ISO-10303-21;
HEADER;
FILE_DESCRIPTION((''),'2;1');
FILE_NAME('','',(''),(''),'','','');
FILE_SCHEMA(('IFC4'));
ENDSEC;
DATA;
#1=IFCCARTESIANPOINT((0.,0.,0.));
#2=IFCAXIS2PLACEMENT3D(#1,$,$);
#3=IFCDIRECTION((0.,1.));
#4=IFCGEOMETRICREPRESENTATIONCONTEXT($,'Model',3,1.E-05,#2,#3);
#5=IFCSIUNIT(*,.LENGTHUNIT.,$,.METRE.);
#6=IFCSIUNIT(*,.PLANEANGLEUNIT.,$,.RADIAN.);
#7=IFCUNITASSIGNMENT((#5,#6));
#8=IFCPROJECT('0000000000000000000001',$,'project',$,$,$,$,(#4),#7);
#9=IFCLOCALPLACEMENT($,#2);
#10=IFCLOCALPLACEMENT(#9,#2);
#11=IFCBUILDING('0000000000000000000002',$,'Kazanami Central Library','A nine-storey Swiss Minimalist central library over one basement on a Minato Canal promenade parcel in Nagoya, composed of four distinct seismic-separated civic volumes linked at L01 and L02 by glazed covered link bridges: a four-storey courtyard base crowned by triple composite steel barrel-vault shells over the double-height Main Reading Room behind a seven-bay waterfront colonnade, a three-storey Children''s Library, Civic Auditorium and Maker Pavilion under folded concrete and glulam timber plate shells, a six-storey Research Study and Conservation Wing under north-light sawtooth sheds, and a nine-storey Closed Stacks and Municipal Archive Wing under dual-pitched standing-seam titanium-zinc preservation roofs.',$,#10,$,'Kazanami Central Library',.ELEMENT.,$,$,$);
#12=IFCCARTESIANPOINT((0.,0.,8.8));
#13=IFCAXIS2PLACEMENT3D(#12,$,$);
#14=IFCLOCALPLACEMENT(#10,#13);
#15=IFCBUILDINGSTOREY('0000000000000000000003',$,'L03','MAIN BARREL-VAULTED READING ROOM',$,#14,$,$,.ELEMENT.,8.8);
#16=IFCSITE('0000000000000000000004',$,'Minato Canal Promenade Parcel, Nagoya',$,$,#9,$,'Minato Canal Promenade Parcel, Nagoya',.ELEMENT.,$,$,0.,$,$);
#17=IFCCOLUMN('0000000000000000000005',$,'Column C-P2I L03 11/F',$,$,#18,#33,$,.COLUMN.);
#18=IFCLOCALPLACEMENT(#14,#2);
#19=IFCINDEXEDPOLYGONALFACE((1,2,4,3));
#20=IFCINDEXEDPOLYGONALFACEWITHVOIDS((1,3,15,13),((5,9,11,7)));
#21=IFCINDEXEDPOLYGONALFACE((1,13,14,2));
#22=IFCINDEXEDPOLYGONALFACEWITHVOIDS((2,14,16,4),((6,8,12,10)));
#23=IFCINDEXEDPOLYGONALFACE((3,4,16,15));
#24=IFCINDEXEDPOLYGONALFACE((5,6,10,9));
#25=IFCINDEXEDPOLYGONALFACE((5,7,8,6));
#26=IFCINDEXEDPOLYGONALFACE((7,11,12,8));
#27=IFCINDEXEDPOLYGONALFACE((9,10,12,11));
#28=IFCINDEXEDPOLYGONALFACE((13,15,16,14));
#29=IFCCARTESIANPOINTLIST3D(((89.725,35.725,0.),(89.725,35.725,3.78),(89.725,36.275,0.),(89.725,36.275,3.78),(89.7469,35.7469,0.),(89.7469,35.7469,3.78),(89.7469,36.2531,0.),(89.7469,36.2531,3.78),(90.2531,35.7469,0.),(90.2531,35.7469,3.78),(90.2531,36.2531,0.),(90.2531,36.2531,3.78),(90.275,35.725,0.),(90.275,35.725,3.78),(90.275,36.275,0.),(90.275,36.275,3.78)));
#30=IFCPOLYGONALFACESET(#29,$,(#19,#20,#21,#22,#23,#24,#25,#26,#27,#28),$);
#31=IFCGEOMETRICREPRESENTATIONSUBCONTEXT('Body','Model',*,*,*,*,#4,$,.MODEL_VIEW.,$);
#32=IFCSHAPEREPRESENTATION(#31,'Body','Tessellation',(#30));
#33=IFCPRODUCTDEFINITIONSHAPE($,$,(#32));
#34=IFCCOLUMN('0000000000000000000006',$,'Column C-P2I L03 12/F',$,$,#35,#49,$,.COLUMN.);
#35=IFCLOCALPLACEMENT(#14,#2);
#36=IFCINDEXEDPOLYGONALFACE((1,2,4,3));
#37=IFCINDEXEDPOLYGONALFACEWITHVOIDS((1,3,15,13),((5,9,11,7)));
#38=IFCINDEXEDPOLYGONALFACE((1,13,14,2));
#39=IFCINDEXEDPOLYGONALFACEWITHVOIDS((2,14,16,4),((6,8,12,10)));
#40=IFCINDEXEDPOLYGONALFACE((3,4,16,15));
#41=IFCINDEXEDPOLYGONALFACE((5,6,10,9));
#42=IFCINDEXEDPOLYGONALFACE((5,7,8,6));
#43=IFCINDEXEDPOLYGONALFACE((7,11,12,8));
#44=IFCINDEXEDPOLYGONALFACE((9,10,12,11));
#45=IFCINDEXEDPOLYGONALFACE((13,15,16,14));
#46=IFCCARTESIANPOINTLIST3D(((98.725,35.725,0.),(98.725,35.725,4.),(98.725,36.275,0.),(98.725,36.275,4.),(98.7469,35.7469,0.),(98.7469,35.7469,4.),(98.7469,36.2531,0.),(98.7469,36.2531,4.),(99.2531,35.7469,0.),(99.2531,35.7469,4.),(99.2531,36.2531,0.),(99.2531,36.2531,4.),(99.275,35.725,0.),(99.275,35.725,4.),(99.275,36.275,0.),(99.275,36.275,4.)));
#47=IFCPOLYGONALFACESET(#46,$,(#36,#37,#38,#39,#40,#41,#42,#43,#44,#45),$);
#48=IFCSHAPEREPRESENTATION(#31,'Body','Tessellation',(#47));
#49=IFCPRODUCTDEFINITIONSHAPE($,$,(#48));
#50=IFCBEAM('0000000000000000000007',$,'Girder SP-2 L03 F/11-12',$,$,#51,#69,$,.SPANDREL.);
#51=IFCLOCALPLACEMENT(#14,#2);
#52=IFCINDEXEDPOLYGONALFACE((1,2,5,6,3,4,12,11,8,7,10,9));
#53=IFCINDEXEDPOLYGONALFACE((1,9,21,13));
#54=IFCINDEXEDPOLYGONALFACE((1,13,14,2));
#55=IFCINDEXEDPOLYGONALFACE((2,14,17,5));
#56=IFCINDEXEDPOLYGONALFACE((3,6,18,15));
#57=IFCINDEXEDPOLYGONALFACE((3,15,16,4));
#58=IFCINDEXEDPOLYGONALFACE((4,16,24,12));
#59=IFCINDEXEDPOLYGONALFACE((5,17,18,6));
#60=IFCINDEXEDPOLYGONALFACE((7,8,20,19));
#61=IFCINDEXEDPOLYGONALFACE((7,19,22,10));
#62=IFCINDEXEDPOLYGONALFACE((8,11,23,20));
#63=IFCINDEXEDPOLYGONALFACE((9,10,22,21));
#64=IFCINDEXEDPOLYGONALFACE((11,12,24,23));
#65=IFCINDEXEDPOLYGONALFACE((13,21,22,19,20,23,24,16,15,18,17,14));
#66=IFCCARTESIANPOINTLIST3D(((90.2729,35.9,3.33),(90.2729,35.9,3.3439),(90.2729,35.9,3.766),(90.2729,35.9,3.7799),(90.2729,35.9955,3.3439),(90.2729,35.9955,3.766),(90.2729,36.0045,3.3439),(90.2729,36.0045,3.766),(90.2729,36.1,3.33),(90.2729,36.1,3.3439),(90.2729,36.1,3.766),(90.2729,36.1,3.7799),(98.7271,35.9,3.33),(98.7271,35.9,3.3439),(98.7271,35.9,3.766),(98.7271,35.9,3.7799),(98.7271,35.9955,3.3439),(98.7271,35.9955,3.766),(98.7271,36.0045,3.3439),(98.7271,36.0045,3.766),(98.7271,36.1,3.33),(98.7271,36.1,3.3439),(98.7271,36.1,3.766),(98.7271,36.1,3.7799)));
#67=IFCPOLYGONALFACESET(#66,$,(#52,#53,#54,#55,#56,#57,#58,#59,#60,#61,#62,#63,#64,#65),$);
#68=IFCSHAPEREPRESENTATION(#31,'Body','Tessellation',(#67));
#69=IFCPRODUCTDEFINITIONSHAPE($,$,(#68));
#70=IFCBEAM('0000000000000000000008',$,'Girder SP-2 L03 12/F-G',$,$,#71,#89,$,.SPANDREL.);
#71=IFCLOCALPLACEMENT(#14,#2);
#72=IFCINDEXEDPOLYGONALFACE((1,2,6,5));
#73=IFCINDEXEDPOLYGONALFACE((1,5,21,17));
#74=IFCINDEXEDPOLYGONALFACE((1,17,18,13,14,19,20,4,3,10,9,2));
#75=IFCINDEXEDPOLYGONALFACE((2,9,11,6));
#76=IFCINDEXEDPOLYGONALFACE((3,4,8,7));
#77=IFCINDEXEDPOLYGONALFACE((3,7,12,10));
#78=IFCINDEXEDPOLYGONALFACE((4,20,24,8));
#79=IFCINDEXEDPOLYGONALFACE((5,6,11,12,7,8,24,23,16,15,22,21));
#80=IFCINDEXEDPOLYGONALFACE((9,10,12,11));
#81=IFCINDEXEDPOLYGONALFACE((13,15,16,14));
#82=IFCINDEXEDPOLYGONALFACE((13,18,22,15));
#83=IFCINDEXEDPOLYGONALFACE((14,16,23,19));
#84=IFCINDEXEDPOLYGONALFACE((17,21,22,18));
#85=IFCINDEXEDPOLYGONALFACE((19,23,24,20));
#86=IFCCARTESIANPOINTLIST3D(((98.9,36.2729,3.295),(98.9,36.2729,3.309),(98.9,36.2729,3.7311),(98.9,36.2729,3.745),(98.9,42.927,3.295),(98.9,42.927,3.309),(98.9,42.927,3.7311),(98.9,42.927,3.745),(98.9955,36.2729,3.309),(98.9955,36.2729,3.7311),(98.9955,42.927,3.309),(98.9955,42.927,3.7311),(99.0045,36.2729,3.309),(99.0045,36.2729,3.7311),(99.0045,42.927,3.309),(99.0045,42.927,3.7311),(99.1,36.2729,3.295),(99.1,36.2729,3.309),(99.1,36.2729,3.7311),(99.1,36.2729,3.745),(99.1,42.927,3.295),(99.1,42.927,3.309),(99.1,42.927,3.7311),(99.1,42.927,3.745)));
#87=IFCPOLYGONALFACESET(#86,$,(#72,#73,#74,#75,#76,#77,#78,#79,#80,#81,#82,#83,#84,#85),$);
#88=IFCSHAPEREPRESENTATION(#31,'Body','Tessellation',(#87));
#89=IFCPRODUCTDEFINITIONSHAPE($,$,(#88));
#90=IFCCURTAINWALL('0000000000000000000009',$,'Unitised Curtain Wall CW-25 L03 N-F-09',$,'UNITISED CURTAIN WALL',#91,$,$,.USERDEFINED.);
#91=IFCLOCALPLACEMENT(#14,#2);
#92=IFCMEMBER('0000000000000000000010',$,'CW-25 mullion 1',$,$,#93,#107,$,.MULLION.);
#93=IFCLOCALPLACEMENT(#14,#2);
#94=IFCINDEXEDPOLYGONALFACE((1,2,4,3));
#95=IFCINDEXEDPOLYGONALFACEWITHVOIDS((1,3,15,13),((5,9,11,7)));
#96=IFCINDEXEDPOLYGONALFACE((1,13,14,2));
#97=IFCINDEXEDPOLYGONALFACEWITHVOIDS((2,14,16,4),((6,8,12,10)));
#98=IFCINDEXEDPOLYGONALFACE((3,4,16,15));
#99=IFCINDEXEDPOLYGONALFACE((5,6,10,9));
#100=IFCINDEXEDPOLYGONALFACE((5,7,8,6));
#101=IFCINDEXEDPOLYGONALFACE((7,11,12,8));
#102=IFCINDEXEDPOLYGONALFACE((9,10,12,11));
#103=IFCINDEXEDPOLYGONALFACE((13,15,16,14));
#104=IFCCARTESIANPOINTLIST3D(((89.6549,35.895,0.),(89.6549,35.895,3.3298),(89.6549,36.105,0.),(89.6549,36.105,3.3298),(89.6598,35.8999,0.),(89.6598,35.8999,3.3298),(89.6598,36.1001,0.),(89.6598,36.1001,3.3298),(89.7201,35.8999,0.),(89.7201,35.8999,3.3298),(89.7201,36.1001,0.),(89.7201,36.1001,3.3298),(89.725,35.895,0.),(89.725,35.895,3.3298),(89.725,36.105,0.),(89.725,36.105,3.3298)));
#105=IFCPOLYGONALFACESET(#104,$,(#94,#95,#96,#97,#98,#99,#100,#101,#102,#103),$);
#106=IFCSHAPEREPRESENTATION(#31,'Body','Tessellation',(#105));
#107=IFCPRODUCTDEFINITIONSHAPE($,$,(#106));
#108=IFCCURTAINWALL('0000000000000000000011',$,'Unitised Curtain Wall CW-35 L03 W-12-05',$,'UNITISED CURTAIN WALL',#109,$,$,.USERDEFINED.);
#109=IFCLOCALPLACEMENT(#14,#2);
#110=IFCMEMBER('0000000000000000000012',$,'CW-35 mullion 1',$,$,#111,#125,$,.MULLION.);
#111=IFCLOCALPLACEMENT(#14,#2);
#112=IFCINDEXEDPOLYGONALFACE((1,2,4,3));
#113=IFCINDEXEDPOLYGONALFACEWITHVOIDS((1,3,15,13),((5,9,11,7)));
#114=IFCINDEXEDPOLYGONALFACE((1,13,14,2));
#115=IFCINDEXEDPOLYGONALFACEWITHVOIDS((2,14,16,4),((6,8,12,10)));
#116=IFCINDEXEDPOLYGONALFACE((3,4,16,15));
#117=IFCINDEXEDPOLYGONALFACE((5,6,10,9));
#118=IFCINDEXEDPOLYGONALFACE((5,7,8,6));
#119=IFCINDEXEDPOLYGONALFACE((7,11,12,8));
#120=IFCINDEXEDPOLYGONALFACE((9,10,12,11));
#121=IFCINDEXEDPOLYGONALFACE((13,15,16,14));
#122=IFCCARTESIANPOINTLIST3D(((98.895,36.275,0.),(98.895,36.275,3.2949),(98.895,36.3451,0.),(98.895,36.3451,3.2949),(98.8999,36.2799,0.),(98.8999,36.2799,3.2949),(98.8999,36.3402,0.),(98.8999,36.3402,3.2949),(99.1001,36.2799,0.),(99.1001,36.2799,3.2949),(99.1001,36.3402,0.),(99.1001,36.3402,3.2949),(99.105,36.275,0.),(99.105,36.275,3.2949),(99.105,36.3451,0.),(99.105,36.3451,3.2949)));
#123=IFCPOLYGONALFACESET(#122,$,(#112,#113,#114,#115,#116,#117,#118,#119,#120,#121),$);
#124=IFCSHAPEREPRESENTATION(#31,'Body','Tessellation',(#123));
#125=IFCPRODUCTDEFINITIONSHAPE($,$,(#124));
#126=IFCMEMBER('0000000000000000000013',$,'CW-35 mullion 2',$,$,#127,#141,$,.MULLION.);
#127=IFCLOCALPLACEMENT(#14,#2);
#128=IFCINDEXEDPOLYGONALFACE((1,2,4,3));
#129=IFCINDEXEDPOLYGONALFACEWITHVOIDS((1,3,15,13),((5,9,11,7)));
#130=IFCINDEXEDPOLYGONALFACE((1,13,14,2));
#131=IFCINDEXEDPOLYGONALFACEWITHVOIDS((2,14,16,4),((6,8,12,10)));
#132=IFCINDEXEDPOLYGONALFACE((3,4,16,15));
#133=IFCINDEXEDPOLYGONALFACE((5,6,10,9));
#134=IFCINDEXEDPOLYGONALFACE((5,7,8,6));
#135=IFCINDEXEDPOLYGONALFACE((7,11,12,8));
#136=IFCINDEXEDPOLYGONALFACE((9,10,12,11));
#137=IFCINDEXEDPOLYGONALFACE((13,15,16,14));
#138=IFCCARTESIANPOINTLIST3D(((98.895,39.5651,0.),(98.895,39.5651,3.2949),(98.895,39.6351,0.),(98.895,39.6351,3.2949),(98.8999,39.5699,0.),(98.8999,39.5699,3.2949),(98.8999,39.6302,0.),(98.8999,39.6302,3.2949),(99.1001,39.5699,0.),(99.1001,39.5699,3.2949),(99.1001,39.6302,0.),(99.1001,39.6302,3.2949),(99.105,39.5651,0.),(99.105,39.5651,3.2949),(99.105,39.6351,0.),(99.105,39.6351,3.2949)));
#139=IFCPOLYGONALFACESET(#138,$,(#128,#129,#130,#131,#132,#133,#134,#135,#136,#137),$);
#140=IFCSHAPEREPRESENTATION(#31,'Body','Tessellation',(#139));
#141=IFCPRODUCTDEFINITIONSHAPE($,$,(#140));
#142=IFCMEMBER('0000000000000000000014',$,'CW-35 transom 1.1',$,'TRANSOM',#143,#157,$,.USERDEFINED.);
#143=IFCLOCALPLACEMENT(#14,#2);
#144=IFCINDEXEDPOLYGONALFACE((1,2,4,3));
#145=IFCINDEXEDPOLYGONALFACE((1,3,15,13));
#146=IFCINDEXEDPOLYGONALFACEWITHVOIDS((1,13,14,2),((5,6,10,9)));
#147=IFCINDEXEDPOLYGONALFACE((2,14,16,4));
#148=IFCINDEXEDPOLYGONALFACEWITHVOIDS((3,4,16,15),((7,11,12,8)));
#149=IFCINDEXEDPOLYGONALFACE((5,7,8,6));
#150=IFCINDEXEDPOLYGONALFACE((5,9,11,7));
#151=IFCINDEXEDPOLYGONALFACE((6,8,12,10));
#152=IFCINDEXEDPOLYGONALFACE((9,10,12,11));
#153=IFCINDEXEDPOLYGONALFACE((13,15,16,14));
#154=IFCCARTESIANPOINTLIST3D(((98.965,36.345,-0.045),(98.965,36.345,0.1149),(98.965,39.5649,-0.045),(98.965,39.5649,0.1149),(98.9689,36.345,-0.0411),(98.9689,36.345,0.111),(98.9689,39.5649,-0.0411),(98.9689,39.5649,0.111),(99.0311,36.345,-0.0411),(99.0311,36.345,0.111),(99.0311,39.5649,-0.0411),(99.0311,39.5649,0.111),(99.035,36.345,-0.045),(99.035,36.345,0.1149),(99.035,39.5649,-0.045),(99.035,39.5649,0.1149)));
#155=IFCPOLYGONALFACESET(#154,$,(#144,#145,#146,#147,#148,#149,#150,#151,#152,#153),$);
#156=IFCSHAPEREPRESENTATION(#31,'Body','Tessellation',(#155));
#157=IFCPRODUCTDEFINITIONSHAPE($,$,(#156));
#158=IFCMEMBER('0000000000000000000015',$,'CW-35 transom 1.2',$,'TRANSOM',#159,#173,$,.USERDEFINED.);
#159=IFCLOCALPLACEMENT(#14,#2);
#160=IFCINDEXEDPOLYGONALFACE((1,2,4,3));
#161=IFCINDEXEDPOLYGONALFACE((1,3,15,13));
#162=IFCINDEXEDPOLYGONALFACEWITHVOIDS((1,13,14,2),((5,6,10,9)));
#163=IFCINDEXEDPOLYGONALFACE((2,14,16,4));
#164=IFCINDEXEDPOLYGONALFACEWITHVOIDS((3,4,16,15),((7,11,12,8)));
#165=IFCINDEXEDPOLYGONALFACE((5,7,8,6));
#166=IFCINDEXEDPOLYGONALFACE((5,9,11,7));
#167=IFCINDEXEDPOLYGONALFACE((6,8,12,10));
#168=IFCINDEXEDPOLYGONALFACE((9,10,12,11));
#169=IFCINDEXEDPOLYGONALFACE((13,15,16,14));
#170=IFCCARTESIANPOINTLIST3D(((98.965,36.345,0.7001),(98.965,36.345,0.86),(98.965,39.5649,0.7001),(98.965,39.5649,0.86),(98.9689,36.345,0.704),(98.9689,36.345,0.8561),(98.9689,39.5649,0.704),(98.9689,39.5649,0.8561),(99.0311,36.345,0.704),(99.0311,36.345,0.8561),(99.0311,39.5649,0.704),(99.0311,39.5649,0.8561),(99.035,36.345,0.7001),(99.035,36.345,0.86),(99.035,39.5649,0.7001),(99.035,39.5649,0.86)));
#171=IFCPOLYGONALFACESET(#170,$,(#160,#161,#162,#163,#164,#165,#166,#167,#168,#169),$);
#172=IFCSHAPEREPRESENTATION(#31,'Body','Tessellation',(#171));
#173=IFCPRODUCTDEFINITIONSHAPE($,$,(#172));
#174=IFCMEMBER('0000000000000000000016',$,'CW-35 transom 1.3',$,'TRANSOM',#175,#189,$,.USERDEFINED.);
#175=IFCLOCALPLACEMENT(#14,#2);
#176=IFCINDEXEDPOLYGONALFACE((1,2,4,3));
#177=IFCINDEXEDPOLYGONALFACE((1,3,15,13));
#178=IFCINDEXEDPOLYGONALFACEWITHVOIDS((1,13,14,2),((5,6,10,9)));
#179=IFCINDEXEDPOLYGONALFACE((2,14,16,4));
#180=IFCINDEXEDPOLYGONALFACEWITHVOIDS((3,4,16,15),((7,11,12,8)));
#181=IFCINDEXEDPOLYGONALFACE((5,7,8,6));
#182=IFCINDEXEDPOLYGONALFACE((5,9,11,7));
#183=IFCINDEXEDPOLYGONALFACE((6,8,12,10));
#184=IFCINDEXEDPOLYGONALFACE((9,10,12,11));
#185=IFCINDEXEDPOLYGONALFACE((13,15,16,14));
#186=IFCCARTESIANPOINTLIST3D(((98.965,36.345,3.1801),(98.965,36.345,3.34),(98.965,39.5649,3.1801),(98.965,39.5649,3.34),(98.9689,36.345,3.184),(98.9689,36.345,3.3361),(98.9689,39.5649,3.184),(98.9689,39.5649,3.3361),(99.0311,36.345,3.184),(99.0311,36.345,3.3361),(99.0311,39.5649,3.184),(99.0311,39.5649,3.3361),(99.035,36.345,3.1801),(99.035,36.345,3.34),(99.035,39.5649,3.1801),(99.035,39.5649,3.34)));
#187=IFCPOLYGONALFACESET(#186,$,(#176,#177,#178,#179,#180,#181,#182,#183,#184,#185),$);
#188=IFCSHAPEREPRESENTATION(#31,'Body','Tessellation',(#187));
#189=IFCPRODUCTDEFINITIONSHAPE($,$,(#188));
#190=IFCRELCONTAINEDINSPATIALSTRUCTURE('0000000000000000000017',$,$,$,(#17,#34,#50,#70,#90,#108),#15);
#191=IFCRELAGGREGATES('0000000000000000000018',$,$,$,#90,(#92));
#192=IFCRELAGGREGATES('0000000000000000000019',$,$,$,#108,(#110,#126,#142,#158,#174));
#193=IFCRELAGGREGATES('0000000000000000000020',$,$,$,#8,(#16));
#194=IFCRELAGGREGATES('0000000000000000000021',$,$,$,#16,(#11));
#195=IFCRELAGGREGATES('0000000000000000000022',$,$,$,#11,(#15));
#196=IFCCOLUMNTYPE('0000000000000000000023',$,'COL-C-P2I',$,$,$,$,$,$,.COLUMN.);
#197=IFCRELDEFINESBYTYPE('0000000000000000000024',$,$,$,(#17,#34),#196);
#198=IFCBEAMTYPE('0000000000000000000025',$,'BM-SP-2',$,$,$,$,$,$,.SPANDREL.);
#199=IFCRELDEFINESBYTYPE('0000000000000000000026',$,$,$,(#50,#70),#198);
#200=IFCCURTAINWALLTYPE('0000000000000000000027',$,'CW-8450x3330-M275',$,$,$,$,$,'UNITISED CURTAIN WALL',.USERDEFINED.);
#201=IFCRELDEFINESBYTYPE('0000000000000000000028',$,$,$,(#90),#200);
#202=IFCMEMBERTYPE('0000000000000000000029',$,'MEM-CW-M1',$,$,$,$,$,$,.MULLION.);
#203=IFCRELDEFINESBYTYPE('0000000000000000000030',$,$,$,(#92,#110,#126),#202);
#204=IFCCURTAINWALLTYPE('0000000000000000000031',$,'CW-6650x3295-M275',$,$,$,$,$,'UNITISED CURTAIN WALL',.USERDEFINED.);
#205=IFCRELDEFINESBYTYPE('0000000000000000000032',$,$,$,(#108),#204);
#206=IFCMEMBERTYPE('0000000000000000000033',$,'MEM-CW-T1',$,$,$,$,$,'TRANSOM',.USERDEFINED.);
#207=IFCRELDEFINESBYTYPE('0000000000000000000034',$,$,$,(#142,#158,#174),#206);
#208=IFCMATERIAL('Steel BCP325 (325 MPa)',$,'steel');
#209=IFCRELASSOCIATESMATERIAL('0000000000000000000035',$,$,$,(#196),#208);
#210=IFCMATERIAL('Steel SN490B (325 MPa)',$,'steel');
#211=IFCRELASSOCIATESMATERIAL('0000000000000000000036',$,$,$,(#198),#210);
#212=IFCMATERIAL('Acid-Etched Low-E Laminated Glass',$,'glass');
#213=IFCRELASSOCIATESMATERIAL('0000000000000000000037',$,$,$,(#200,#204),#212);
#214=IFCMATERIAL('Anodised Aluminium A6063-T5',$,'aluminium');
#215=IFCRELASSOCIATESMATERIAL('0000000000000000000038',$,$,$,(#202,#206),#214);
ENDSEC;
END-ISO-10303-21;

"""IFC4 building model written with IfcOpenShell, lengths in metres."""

from ifc_helpers import new_model, si_unit, direction, frame, origin, origin_2d, place, context, subcontext, project, spatial, hollow_rectangle, i_section, extrude, material, material_profile, profile_set, type_object, element, aggregate, save


model = new_model("IFC4")

# Units and contexts
model_context = context("Model", 3, precision=1e-05, world=origin(), true_north=direction((0.0, 1.0)))
body_context = subcontext(model_context, "Body", "Model", "MODEL_VIEW")
ifc_project = project(units=[si_unit("LENGTHUNIT", "METRE"), si_unit("PLANEANGLEUNIT", "RADIAN")], contexts=[model_context])

# Site, building, storey
site_placement = place(None, origin())
site = spatial("IfcSite", under=ifc_project, at=site_placement, Name="Minato Canal Promenade Parcel, Nagoya", LongName="Minato Canal Promenade Parcel, Nagoya", CompositionType="ELEMENT", RefElevation=0.0)
building_placement = place(site_placement, origin())
building = spatial("IfcBuilding", under=site, at=building_placement, Name="Kazanami Central Library", Description="A nine-storey Swiss Minimalist central library over one basement on a Minato Canal promenade parcel in Nagoya, composed of four distinct seismic-separated civic volumes linked at L01 and L02 by glazed covered link bridges: a four-storey courtyard base crowned by triple composite steel barrel-vault shells over the double-height Main Reading Room behind a seven-bay waterfront colonnade, a three-storey Children's Library, Civic Auditorium and Maker Pavilion under folded concrete and glulam timber plate shells, a six-storey Research Study and Conservation Wing under north-light sawtooth sheds, and a nine-storey Closed Stacks and Municipal Archive Wing under dual-pitched standing-seam titanium-zinc preservation roofs.", LongName="Kazanami Central Library", CompositionType="ELEMENT")
storey_placement = place(building_placement, frame((0.0, 0.0, 8.8)))
storey = spatial("IfcBuildingStorey", under=building, at=storey_placement, Name="L03", Description="MAIN BARREL-VAULTED READING ROOM", CompositionType="ELEMENT", Elevation=8.8)

# Columns
ifc_material_1 = material(Name="Steel BCP325 (325 MPa)", Category="steel")
ifc_material_profile_1 = material_profile(ifc_material_1, hollow_rectangle(XDim=0.55, YDim=0.55, WallThickness=0.022, at=origin_2d()), Name="BCP-550x550x22")
ifc_profile_set_1 = profile_set([ifc_material_profile_1], Name="Steel BCP325 (325 MPa)")
column_type = type_object("IfcColumnType", Name="COL-C-P2I", PredefinedType="COLUMN", material=ifc_profile_set_1)
column_1_placement = place(storey_placement, frame((90.0, 36.0, 0.0), z_axis=(0.0, 0.0, 1.0), x_axis=(1.0, 0.0, 0.0)))
element("IfcColumn", 1, at=column_1_placement, inside=storey, type_object=column_type, Name="Column C-P2I L03 11/F", PredefinedType="COLUMN", context=body_context, shape_type="SweptSolid", body=[
    extrude(hollow_rectangle(XDim=0.55, YDim=0.55, WallThickness=0.022, at=origin_2d()), origin(), (0.0, 0.0, 1.0), 3.78),
])
column_2_placement = place(storey_placement, frame((99.0, 36.0, 0.0), z_axis=(0.0, 0.0, 1.0), x_axis=(1.0, 0.0, 0.0)))
element("IfcColumn", 2, at=column_2_placement, inside=storey, type_object=column_type, Name="Column C-P2I L03 12/F", PredefinedType="COLUMN", context=body_context, shape_type="SweptSolid", body=[
    extrude(hollow_rectangle(XDim=0.55, YDim=0.55, WallThickness=0.022, at=origin_2d()), origin(), (0.0, 0.0, 1.0), 4.0),
])

# Beams
ifc_material_2 = material(Name="Steel SN490B (325 MPa)", Category="steel")
ifc_material_profile_2 = material_profile(ifc_material_2, i_section(OverallWidth=0.2, OverallDepth=0.45, WebThickness=0.009, FlangeThickness=0.0139, at=origin_2d()), Name="H-450x200x9x14")
ifc_profile_set_2 = profile_set([ifc_material_profile_2], Name="Steel SN490B (325 MPa)")
beam_type = type_object("IfcBeamType", Name="BM-SP-2", PredefinedType="SPANDREL", material=ifc_profile_set_2)
beam_1_placement = place(storey_placement, frame((90.2729, 36.0, 3.5549), z_axis=(1.0, 0.0, 0.0), x_axis=(0.0, 1.0, 0.0)))
element("IfcBeam", 3, at=beam_1_placement, inside=storey, type_object=beam_type, Name="Girder SP-2 L03 F/11-12", PredefinedType="SPANDREL", context=body_context, shape_type="SweptSolid", body=[
    extrude(i_section(OverallWidth=0.2, OverallDepth=0.45, WebThickness=0.009, FlangeThickness=0.0139, at=origin_2d()), origin(), (0.0, 0.0, 1.0), 8.4541),
])
beam_2_placement = place(storey_placement, frame((99.0, 36.2729, 3.52), z_axis=(0.0, 1.0, 0.0), x_axis=(-1.0, 0.0, 0.0)))
element("IfcBeam", 4, at=beam_2_placement, inside=storey, type_object=beam_type, Name="Girder SP-2 L03 12/F-G", PredefinedType="SPANDREL", context=body_context, shape_type="SweptSolid", body=[
    extrude(i_section(OverallWidth=0.2, OverallDepth=0.45, WebThickness=0.009, FlangeThickness=0.0139, at=origin_2d()), origin(), (0.0, 0.0, 1.0), 6.6541),
])

# Curtain wall, member
ifc_material_3 = material(Name="Acid-Etched Low-E Laminated Glass", Category="glass")
curtain_wall_type_1 = type_object("IfcCurtainWallType", Name="CW-8450x3330-M275", ElementType="UNITISED CURTAIN WALL", PredefinedType="USERDEFINED", material=ifc_material_3)
curtain_wall_1_placement = place(storey_placement, origin())
curtain_wall_1 = element("IfcCurtainWall", 5, at=curtain_wall_1_placement, inside=storey, type_object=curtain_wall_type_1, Name="Unitised Curtain Wall CW-25 L03 N-F-09", ObjectType="UNITISED CURTAIN WALL", PredefinedType="USERDEFINED")
ifc_material_4 = material(Name="Anodised Aluminium A6063-T5", Category="aluminium")
ifc_material_profile_3 = material_profile(ifc_material_4, hollow_rectangle(XDim=0.0701, YDim=0.21, WallThickness=0.0049, at=origin_2d()), Name="ALU-MULL-70x210x5")
ifc_profile_set_3 = profile_set([ifc_material_profile_3], Name="Anodised Aluminium A6063-T5")
member_type_1 = type_object("IfcMemberType", Name="MEM-CW-M1", PredefinedType="MULLION", material=ifc_profile_set_3)
member_1_placement = place(storey_placement, frame((89.6899, 36.0, 0.0), z_axis=(0.0, 0.0, 1.0), x_axis=(-1.0, 0.0, 0.0)))
member_1 = element("IfcMember", 6, at=member_1_placement, type_object=member_type_1, Name="CW-25 mullion 1", PredefinedType="MULLION", context=body_context, shape_type="SweptSolid", body=[
    extrude(hollow_rectangle(XDim=0.0701, YDim=0.21, WallThickness=0.0049, at=origin_2d()), origin(), (0.0, 0.0, 1.0), 3.3298),
])
aggregate(curtain_wall_1, [member_1])

# Curtain wall, members
curtain_wall_type_2 = type_object("IfcCurtainWallType", Name="CW-6650x3295-M275", ElementType="UNITISED CURTAIN WALL", PredefinedType="USERDEFINED", material=ifc_material_3)
curtain_wall_2_placement = place(storey_placement, origin())
curtain_wall_2 = element("IfcCurtainWall", 7, at=curtain_wall_2_placement, inside=storey, type_object=curtain_wall_type_2, Name="Unitised Curtain Wall CW-35 L03 W-12-05", ObjectType="UNITISED CURTAIN WALL", PredefinedType="USERDEFINED")
member_2_placement = place(storey_placement, frame((99.0, 36.3101, 0.0), z_axis=(0.0, 0.0, 1.0), x_axis=(0.0, 1.0, 0.0)))
member_2 = element("IfcMember", 8, at=member_2_placement, type_object=member_type_1, Name="CW-35 mullion 1", PredefinedType="MULLION", context=body_context, shape_type="SweptSolid", body=[
    extrude(hollow_rectangle(XDim=0.0701, YDim=0.21, WallThickness=0.0049, at=origin_2d()), origin(), (0.0, 0.0, 1.0), 3.2949),
])
member_3_placement = place(storey_placement, frame((99.0, 39.6001, 0.0), z_axis=(0.0, 0.0, 1.0), x_axis=(0.0, 1.0, 0.0)))
member_3 = element("IfcMember", 9, at=member_3_placement, type_object=member_type_1, Name="CW-35 mullion 2", PredefinedType="MULLION", context=body_context, shape_type="SweptSolid", body=[
    extrude(hollow_rectangle(XDim=0.0701, YDim=0.21, WallThickness=0.0049, at=origin_2d()), origin(), (0.0, 0.0, 1.0), 3.2949),
])
ifc_material_profile_4 = material_profile(ifc_material_4, hollow_rectangle(XDim=0.0701, YDim=0.1599, WallThickness=0.0039, at=origin_2d()), Name="ALU-TRAN-70x160x4")
ifc_profile_set_4 = profile_set([ifc_material_profile_4], Name="Anodised Aluminium A6063-T5")
member_type_2 = type_object("IfcMemberType", Name="MEM-CW-T1", ElementType="TRANSOM", PredefinedType="USERDEFINED", material=ifc_profile_set_4)
member_4_placement = place(storey_placement, frame((99.0, 36.345, 0.0349), z_axis=(0.0, 1.0, 0.0), x_axis=(-1.0, 0.0, 0.0)))
member_4 = element("IfcMember", 10, at=member_4_placement, type_object=member_type_2, Name="CW-35 transom 1.1", ObjectType="TRANSOM", PredefinedType="USERDEFINED", context=body_context, shape_type="SweptSolid", body=[
    extrude(hollow_rectangle(XDim=0.0701, YDim=0.1599, WallThickness=0.0039, at=origin_2d()), origin(), (0.0, 0.0, 1.0), 3.22),
])
member_5_placement = place(storey_placement, frame((99.0, 36.345, 0.78), z_axis=(0.0, 1.0, 0.0), x_axis=(-1.0, 0.0, 0.0)))
member_5 = element("IfcMember", 11, at=member_5_placement, type_object=member_type_2, Name="CW-35 transom 1.2", ObjectType="TRANSOM", PredefinedType="USERDEFINED", context=body_context, shape_type="SweptSolid", body=[
    extrude(hollow_rectangle(XDim=0.0701, YDim=0.1599, WallThickness=0.0039, at=origin_2d()), origin(), (0.0, 0.0, 1.0), 3.22),
])
member_6_placement = place(storey_placement, frame((99.0, 36.345, 3.26), z_axis=(0.0, 1.0, 0.0), x_axis=(-1.0, 0.0, 0.0)))
member_6 = element("IfcMember", 12, at=member_6_placement, type_object=member_type_2, Name="CW-35 transom 1.3", ObjectType="TRANSOM", PredefinedType="USERDEFINED", context=body_context, shape_type="SweptSolid", body=[
    extrude(hollow_rectangle(XDim=0.0701, YDim=0.1599, WallThickness=0.0039, at=origin_2d()), origin(), (0.0, 0.0, 1.0), 3.22),
])
aggregate(curtain_wall_2, [member_2, member_3, member_4, member_5, member_6])

save(model, "model.ifc")
